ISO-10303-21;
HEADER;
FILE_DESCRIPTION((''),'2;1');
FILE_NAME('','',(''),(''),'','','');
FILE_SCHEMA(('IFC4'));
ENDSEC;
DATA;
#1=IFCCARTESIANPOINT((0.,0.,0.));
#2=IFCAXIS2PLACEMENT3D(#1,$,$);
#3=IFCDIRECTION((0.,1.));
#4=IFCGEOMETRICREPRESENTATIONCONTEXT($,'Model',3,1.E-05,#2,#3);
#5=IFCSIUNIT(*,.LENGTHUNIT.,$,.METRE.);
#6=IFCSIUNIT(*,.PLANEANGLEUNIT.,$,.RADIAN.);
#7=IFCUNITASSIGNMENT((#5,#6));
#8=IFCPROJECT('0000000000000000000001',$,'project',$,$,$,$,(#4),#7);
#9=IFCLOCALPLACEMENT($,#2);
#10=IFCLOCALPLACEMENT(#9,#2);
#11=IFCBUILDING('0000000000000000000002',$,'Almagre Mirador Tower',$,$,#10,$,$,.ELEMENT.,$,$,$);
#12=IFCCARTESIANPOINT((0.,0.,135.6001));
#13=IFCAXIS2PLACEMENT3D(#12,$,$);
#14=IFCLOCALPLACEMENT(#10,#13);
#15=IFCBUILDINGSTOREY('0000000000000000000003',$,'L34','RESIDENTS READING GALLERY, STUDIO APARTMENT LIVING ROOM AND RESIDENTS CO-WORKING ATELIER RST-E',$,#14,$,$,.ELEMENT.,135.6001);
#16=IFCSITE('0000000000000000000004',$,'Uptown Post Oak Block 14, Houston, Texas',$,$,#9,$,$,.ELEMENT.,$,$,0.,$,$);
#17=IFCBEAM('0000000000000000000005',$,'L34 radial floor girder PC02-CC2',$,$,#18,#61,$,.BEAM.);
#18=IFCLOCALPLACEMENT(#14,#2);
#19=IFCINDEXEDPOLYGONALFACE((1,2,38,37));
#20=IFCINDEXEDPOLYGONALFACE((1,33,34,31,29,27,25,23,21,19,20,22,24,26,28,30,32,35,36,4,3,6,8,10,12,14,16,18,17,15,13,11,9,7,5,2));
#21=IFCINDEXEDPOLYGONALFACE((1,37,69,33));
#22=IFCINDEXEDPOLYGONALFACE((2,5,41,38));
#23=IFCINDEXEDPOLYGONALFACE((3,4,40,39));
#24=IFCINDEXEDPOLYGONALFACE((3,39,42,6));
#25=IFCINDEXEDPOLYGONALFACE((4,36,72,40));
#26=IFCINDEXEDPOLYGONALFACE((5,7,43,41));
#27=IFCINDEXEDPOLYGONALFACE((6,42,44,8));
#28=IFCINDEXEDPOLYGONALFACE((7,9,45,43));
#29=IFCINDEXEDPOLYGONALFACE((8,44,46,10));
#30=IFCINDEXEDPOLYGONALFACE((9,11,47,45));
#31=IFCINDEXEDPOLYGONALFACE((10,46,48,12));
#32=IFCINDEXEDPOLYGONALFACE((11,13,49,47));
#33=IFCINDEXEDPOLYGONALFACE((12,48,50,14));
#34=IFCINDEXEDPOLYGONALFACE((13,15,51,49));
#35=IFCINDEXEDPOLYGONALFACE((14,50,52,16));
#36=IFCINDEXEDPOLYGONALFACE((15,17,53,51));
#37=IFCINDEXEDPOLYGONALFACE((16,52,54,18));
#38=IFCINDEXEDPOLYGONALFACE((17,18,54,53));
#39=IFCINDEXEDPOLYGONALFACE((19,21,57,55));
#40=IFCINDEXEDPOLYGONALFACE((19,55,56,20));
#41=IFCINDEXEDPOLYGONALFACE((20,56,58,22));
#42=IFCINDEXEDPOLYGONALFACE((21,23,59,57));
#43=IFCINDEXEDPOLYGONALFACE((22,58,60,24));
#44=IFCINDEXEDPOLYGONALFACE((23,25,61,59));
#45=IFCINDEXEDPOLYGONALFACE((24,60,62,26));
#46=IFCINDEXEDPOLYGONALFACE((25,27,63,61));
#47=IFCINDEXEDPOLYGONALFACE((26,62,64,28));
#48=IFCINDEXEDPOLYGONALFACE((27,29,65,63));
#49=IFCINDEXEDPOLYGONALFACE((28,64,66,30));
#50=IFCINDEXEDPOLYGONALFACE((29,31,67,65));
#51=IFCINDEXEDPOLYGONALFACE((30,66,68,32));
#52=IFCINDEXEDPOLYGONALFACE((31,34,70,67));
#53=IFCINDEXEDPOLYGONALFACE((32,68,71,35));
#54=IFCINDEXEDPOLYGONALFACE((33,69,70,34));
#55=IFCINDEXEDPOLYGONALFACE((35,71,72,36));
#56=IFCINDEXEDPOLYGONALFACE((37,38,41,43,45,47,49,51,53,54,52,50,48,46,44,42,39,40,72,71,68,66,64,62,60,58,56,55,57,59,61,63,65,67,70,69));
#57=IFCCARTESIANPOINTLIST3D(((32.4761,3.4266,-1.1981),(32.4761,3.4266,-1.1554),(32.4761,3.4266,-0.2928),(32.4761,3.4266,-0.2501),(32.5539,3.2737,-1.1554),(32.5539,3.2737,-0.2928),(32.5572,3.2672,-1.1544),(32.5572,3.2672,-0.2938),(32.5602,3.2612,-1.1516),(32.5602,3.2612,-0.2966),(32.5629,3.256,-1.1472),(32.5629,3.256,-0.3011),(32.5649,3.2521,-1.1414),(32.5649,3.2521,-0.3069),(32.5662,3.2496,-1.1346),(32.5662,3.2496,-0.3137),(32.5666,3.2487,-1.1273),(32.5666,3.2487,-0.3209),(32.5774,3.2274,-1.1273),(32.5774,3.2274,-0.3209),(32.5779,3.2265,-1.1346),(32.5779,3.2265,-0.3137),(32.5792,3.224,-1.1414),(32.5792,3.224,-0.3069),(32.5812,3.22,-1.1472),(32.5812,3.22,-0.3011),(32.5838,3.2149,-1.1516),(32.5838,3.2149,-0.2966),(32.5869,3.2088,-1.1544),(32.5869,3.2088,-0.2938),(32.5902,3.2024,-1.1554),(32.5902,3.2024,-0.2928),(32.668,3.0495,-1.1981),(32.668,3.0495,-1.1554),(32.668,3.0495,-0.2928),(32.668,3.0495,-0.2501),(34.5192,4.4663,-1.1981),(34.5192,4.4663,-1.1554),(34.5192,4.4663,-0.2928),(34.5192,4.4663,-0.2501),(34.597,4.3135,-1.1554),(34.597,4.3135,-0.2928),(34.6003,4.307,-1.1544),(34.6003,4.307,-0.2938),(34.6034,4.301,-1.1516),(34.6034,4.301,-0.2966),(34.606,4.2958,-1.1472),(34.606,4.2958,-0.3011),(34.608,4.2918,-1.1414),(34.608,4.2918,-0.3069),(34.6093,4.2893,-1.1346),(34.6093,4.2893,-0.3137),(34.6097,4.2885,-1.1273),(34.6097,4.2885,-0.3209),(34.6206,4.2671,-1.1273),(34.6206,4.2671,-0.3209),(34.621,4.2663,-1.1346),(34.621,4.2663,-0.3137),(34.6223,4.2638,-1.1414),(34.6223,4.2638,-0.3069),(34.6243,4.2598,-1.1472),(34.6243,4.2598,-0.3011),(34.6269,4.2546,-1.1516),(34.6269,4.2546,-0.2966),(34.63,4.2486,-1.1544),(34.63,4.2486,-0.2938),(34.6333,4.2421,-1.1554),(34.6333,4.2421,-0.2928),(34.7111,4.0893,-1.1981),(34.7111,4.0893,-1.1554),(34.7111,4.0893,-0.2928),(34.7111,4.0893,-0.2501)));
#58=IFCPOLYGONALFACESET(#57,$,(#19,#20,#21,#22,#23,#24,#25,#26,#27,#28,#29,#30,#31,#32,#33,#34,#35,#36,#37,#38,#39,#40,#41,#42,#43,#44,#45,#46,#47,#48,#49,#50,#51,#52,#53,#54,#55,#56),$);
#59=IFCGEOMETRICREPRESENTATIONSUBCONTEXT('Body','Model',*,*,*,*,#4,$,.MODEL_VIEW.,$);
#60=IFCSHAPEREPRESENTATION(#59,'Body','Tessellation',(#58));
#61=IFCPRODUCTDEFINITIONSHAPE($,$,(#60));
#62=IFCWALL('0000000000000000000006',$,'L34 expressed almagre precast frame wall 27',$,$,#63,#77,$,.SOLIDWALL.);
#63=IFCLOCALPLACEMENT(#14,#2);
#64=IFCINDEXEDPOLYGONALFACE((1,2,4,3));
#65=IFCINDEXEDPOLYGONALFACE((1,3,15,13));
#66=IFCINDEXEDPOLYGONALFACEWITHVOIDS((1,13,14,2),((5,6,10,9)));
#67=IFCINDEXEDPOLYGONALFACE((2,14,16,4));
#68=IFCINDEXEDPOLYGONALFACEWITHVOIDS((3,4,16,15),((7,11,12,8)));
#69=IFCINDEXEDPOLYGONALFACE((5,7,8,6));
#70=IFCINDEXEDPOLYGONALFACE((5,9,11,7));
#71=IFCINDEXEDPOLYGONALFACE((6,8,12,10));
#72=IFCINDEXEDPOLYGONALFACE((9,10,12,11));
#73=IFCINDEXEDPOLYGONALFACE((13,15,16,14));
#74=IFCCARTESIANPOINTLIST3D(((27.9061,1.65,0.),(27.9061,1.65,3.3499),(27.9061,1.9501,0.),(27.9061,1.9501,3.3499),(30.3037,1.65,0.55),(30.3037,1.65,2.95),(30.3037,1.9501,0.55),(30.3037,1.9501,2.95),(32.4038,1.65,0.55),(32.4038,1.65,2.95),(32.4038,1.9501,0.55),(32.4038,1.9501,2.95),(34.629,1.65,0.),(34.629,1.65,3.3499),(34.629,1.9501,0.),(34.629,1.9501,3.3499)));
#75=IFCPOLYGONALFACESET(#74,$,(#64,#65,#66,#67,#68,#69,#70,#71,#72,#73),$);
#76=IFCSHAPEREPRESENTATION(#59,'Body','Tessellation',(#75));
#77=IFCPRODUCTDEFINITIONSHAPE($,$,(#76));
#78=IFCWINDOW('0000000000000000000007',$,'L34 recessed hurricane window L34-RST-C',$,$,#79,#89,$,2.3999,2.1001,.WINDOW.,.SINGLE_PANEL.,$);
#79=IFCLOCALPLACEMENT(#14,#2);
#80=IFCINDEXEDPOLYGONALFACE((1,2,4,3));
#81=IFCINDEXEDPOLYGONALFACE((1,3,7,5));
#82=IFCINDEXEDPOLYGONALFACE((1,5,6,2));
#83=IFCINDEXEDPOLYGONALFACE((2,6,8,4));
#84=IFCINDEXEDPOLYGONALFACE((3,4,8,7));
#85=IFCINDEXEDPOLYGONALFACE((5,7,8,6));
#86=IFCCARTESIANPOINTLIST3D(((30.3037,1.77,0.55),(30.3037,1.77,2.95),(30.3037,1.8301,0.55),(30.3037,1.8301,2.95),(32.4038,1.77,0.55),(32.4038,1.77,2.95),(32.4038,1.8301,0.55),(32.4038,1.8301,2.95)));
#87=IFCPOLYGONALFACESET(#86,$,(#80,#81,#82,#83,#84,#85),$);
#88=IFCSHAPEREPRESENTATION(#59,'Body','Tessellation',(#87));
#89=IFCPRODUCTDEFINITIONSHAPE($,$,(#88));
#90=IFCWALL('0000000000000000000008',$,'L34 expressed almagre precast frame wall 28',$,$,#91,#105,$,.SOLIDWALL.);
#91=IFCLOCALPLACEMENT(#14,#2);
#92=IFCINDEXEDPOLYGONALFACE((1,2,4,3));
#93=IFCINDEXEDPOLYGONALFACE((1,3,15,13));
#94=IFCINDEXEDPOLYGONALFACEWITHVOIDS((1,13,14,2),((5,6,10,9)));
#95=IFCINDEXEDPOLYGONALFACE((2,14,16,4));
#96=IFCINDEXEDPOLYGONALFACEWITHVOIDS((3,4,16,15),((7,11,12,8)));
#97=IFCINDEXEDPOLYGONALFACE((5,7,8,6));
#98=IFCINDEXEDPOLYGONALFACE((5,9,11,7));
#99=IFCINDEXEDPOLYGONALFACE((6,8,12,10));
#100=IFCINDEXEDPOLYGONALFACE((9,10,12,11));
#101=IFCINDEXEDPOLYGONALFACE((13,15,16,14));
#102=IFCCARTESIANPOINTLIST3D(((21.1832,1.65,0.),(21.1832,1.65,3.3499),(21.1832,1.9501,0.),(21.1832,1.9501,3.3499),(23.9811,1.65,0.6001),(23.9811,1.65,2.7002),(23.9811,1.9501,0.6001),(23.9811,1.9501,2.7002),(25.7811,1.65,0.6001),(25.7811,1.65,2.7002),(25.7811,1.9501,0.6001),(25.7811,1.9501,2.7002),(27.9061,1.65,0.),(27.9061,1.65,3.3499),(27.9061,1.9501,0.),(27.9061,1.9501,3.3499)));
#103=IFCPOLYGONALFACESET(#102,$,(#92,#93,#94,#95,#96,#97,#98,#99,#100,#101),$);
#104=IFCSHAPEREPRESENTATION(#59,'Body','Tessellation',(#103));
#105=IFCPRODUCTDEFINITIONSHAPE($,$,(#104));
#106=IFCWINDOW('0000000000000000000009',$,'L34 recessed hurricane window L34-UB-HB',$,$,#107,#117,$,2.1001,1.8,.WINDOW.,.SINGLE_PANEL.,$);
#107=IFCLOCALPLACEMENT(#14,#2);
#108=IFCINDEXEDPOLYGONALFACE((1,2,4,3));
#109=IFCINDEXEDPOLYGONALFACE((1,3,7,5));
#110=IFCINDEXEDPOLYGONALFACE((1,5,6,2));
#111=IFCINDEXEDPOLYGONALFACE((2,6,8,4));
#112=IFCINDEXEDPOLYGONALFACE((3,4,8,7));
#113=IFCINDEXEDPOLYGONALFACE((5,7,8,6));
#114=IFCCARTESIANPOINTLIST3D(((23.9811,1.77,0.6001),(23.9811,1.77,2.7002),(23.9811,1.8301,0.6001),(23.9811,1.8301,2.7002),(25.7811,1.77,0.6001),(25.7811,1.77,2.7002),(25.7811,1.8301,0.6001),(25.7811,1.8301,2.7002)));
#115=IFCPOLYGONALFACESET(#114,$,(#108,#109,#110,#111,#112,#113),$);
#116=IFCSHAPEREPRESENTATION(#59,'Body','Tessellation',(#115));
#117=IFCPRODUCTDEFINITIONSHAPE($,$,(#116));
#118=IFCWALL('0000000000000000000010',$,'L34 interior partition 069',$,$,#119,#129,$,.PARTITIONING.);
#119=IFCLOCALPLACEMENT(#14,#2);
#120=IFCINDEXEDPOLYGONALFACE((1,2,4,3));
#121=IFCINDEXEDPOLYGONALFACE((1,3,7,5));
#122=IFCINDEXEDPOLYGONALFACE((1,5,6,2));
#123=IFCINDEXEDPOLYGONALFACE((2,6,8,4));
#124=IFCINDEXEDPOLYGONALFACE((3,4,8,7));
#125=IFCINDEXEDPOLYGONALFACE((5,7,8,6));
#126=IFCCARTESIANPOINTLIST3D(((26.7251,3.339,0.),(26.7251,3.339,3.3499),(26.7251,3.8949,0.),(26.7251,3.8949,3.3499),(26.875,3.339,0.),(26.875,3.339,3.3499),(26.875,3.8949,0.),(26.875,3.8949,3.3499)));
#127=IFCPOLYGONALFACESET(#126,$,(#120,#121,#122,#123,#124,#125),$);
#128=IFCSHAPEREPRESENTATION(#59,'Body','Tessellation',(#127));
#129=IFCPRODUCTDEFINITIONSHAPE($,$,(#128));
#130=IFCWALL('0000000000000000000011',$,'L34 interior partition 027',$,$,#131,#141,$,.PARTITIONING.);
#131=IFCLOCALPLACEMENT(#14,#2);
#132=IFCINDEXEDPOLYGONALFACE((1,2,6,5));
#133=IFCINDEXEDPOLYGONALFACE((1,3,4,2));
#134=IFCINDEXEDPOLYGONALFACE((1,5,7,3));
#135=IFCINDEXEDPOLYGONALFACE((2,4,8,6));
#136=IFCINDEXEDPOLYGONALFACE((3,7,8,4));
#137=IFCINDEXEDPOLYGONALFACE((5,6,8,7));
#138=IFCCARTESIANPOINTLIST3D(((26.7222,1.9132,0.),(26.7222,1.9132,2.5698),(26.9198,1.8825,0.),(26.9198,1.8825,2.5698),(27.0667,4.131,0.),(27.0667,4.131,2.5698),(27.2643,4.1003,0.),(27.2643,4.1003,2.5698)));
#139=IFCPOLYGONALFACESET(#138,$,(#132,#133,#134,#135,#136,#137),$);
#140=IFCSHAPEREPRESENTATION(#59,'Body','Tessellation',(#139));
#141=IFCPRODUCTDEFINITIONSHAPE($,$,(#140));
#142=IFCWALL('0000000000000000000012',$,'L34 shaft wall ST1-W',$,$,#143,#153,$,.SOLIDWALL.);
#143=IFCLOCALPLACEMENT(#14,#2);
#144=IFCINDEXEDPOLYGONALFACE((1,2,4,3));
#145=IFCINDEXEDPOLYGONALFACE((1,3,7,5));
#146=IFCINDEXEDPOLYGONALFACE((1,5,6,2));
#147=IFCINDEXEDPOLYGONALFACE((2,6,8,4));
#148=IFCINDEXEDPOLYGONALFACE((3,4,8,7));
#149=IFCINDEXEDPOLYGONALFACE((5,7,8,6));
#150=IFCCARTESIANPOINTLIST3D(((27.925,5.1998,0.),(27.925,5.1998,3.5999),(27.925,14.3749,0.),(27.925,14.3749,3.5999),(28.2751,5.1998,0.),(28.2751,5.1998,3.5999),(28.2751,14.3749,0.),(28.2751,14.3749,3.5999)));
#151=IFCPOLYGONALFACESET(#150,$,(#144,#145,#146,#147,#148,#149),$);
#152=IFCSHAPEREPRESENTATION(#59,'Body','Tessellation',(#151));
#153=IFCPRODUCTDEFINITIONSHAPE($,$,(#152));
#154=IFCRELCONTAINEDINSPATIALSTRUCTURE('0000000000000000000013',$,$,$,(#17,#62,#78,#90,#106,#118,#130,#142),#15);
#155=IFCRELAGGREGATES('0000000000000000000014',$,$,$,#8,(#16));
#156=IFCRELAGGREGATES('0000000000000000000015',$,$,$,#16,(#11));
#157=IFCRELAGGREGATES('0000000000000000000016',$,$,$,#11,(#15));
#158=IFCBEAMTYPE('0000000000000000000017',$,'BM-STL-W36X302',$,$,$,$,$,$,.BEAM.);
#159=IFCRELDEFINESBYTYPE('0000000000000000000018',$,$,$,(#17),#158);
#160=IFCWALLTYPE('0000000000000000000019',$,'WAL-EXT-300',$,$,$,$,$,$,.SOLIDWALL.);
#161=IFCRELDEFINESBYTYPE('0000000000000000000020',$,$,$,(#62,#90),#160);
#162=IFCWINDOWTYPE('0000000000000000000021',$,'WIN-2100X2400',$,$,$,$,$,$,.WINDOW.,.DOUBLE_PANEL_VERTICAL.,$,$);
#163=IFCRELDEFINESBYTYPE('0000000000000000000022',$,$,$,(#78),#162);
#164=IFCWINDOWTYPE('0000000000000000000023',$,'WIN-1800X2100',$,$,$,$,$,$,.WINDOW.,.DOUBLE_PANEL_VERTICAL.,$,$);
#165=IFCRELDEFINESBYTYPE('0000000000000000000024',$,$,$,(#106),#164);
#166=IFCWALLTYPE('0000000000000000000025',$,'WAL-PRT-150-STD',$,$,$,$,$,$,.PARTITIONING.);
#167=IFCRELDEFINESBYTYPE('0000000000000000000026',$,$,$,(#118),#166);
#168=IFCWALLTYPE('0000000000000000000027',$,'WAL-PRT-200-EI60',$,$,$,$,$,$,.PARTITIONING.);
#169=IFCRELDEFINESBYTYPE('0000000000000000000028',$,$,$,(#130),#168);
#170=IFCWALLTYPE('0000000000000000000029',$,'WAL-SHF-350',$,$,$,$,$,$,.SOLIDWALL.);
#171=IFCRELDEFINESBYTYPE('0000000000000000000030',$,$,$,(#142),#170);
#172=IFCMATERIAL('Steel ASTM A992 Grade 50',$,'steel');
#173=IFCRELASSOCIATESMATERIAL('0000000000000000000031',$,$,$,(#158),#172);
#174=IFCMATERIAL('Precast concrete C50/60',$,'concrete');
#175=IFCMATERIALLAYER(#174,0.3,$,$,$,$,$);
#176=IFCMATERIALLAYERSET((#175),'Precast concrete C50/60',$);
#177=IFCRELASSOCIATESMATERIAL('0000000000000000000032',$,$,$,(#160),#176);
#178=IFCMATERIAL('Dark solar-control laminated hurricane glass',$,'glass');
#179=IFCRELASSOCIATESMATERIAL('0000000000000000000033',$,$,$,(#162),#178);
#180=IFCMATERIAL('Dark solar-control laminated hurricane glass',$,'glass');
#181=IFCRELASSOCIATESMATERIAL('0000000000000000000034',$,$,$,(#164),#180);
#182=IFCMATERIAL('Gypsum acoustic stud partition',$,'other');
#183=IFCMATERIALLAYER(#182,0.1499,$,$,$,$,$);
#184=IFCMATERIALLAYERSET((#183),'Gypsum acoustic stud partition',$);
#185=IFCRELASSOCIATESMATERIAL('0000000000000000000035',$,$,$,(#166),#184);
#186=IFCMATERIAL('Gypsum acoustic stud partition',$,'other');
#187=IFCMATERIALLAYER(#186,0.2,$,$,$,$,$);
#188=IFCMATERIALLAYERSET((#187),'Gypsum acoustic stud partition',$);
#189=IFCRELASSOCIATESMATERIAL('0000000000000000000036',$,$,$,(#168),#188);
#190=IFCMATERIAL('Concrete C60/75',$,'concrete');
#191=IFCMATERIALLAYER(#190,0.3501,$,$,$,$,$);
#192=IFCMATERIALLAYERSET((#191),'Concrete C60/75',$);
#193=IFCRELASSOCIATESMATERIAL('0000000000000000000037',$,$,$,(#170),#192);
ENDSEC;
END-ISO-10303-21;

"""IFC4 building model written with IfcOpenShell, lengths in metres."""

from ifc_helpers import new_model, si_unit, direction, frame, frame_2d, origin, origin_2d, place, context, subcontext, project, spatial, rectangle, i_section, extrude, material, layer, layer_set, material_profile, profile_set, type_object, element, fill, save


model = new_model("IFC4")

# Units and contexts
model_context = context("Model", 3, precision=1e-05, world=origin(), true_north=direction((0.0, 1.0)))
body_context = subcontext(model_context, "Body", "Model", "MODEL_VIEW")
ifc_project = project(units=[si_unit("LENGTHUNIT", "METRE"), si_unit("PLANEANGLEUNIT", "RADIAN")], contexts=[model_context])

# Site, building, storey
site_placement = place(None, origin())
site = spatial("IfcSite", under=ifc_project, at=site_placement, Name="Uptown Post Oak Block 14, Houston, Texas", CompositionType="ELEMENT", RefElevation=0.0)
building_placement = place(site_placement, origin())
building = spatial("IfcBuilding", under=site, at=building_placement, Name="Almagre Mirador Tower", CompositionType="ELEMENT")
storey_placement = place(building_placement, frame((0.0, 0.0, 135.6001)))
storey = spatial("IfcBuildingStorey", under=building, at=storey_placement, Name="L34", Description="RESIDENTS READING GALLERY, STUDIO APARTMENT LIVING ROOM AND RESIDENTS CO-WORKING ATELIER RST-E", CompositionType="ELEMENT", Elevation=135.6001)

# Beam
ifc_material_1 = material(Name="Steel ASTM A992 Grade 50", Category="steel")
ifc_material_profile_1 = material_profile(ifc_material_1, i_section(OverallWidth=0.4231, OverallDepth=0.948, WebThickness=0.0239, FlangeThickness=0.0427, FilletRadius=0.0281, at=origin_2d()), Name="W36X302")
ifc_profile_set_1 = profile_set([ifc_material_profile_1], Name="Steel ASTM A992 Grade 50")
beam_type_1 = type_object("IfcBeamType", Name="BM-STL-W36X302", PredefinedType="BEAM", material=ifc_profile_set_1)
beam_1_placement = place(storey_placement, frame((32.572, 3.238, -0.7241), z_axis=(0.891231, 0.453549, 0.0), x_axis=(-0.453549, 0.891231, 0.0)))
element("IfcBeam", 1, at=beam_1_placement, inside=storey, type_object=beam_type_1, Name="L34 radial floor girder PC02-CC2", PredefinedType="BEAM", context=body_context, shape_type="SweptSolid", body=[
    extrude(i_section(OverallWidth=0.4231, OverallDepth=0.948, WebThickness=0.0239, FlangeThickness=0.0427, FilletRadius=0.0281, at=origin_2d()), origin(), (0.0, 0.0, 1.0), 2.2925),
])

# Walls, openings, windows
ifc_material_2 = material(Name="Precast concrete C50/60", Category="concrete")
ifc_layer_1 = layer(ifc_material_2, 0.3)
ifc_layer_set_1 = layer_set([ifc_layer_1], Name="Precast concrete C50/60")
wall_type_1 = type_object("IfcWallType", Name="WAL-EXT-300", PredefinedType="SOLIDWALL", material=ifc_layer_set_1)
wall_1_placement = place(storey_placement, frame((34.6289, 1.8, 0.0), z_axis=(0.0, 0.0, 1.0), x_axis=(-1.0, 0.0, 0.0)))
wall_1 = element("IfcWall", 2, at=wall_1_placement, inside=storey, type_object=wall_type_1, Name="L34 expressed almagre precast frame wall 27", PredefinedType="SOLIDWALL", context=body_context, shape_type="SweptSolid", body=[
    extrude(rectangle(XDim=6.7229, YDim=0.3, at=frame_2d((3.3613, 0.0))), origin(), (0.0, 0.0, 1.0), 3.3499),
])
opening_1_placement = place(wall_1_placement, frame((2.2251, 0.0, 0.55)))
opening_1 = element("IfcOpeningElement", 3, at=opening_1_placement, cuts=wall_1, PredefinedType="OPENING", context=body_context, shape_type="SweptSolid", body=[
    extrude(rectangle(XDim=2.1001, YDim=2.3999, at=frame_2d((1.05, 1.2))), frame((0.0, 0.1599, 0.0), z_axis=(0.0, -1.0, 0.0), x_axis=(1.0, 0.0, 0.0)), (0.0, 0.0, 1.0), 0.32),
])
ifc_material_3 = material(Name="Dark solar-control laminated hurricane glass", Category="glass")
window_type_1 = type_object("IfcWindowType", Name="WIN-2100X2400", PartitioningType="DOUBLE_PANEL_VERTICAL", PredefinedType="WINDOW", material=ifc_material_3)
window_1_placement = place(opening_1_placement, origin())
window_1 = element("IfcWindow", 4, at=window_1_placement, inside=storey, type_object=window_type_1, Name="L34 recessed hurricane window L34-RST-C", OverallHeight=2.3999, OverallWidth=2.1001, PartitioningType="SINGLE_PANEL", PredefinedType="WINDOW", context=body_context, shape_type="SweptSolid", body=[
    extrude(rectangle(XDim=2.1001, YDim=2.3999, at=frame_2d((1.05, 1.2))), frame((0.0, 0.03, 0.0), z_axis=(0.0, -1.0, 0.0), x_axis=(1.0, 0.0, 0.0)), (0.0, 0.0, 1.0), 0.0601),
])
fill(opening_1, window_1)
wall_2_placement = place(storey_placement, frame((27.906, 1.8, 0.0), z_axis=(0.0, 0.0, 1.0), x_axis=(-1.0, 0.0, 0.0)))
wall_2 = element("IfcWall", 5, at=wall_2_placement, inside=storey, type_object=wall_type_1, Name="L34 expressed almagre precast frame wall 28", PredefinedType="SOLIDWALL", context=body_context, shape_type="SweptSolid", body=[
    extrude(rectangle(XDim=6.7229, YDim=0.3, at=frame_2d((3.3613, 0.0))), origin(), (0.0, 0.0, 1.0), 3.3499),
])
opening_2_placement = place(wall_2_placement, frame((2.125, 0.0, 0.6001)))
opening_2 = element("IfcOpeningElement", 6, at=opening_2_placement, cuts=wall_2, PredefinedType="OPENING", context=body_context, shape_type="SweptSolid", body=[
    extrude(rectangle(XDim=1.8, YDim=2.1001, at=frame_2d((0.8999, 1.05))), frame((0.0, 0.1599, 0.0), z_axis=(0.0, -1.0, 0.0), x_axis=(1.0, 0.0, 0.0)), (0.0, 0.0, 1.0), 0.32),
])
ifc_material_4 = material(Name="Dark solar-control laminated hurricane glass", Category="glass")
window_type_2 = type_object("IfcWindowType", Name="WIN-1800X2100", PartitioningType="DOUBLE_PANEL_VERTICAL", PredefinedType="WINDOW", material=ifc_material_4)
window_2_placement = place(opening_2_placement, origin())
window_2 = element("IfcWindow", 7, at=window_2_placement, inside=storey, type_object=window_type_2, Name="L34 recessed hurricane window L34-UB-HB", OverallHeight=2.1001, OverallWidth=1.8, PartitioningType="SINGLE_PANEL", PredefinedType="WINDOW", context=body_context, shape_type="SweptSolid", body=[
    extrude(rectangle(XDim=1.8, YDim=2.1001, at=frame_2d((0.8999, 1.05))), frame((0.0, 0.03, 0.0), z_axis=(0.0, -1.0, 0.0), x_axis=(1.0, 0.0, 0.0)), (0.0, 0.0, 1.0), 0.0601),
])
fill(opening_2, window_2)

# Walls
ifc_material_5 = material(Name="Gypsum acoustic stud partition", Category="other")
ifc_layer_2 = layer(ifc_material_5, 0.1499)
ifc_layer_set_2 = layer_set([ifc_layer_2], Name="Gypsum acoustic stud partition")
wall_type_2 = type_object("IfcWallType", Name="WAL-PRT-150-STD", PredefinedType="PARTITIONING", material=ifc_layer_set_2)
wall_3_placement = place(storey_placement, frame((26.8, 3.3391, 0.0), z_axis=(0.0, 0.0, 1.0), x_axis=(0.0, 1.0, 0.0)))
element("IfcWall", 8, at=wall_3_placement, inside=storey, type_object=wall_type_2, Name="L34 interior partition 069", PredefinedType="PARTITIONING", context=body_context, shape_type="SweptSolid", body=[
    extrude(rectangle(XDim=0.5559, YDim=0.1499, at=frame_2d((0.2778, 0.0))), origin(), (0.0, 0.0, 1.0), 3.3499),
])
ifc_material_6 = material(Name="Gypsum acoustic stud partition", Category="other")
ifc_layer_3 = layer(ifc_material_6, 0.2)
ifc_layer_set_3 = layer_set([ifc_layer_3], Name="Gypsum acoustic stud partition")
wall_type_3 = type_object("IfcWallType", Name="WAL-PRT-200-EI60", PredefinedType="PARTITIONING", material=ifc_layer_set_3)
wall_4_placement = place(storey_placement, frame((26.821, 1.8979, 0.0), z_axis=(0.0, 0.0, 1.0), x_axis=(0.153488, 0.988151, 0.0)))
element("IfcWall", 9, at=wall_4_placement, inside=storey, type_object=wall_type_3, Name="L34 interior partition 027", PredefinedType="PARTITIONING", context=body_context, shape_type="SweptSolid", body=[
    extrude(rectangle(XDim=2.2444, YDim=0.2, at=frame_2d((1.1221, 0.0))), origin(), (0.0, 0.0, 1.0), 2.5698),
])
ifc_material_7 = material(Name="Concrete C60/75", Category="concrete")
ifc_layer_4 = layer(ifc_material_7, 0.3501)
ifc_layer_set_4 = layer_set([ifc_layer_4], Name="Concrete C60/75")
wall_type_4 = type_object("IfcWallType", Name="WAL-SHF-350", PredefinedType="SOLIDWALL", material=ifc_layer_set_4)
wall_5_placement = place(storey_placement, frame((28.1001, 5.2, 0.0), z_axis=(0.0, 0.0, 1.0), x_axis=(0.0, 1.0, 0.0)))
element("IfcWall", 10, at=wall_5_placement, inside=storey, type_object=wall_type_4, Name="L34 shaft wall ST1-W", PredefinedType="SOLIDWALL", context=body_context, shape_type="SweptSolid", body=[
    extrude(rectangle(XDim=9.175, YDim=0.3501, at=frame_2d((4.5874, 0.0))), origin(), (0.0, 0.0, 1.0), 3.5999),
])

save(model, "model.ifc")
